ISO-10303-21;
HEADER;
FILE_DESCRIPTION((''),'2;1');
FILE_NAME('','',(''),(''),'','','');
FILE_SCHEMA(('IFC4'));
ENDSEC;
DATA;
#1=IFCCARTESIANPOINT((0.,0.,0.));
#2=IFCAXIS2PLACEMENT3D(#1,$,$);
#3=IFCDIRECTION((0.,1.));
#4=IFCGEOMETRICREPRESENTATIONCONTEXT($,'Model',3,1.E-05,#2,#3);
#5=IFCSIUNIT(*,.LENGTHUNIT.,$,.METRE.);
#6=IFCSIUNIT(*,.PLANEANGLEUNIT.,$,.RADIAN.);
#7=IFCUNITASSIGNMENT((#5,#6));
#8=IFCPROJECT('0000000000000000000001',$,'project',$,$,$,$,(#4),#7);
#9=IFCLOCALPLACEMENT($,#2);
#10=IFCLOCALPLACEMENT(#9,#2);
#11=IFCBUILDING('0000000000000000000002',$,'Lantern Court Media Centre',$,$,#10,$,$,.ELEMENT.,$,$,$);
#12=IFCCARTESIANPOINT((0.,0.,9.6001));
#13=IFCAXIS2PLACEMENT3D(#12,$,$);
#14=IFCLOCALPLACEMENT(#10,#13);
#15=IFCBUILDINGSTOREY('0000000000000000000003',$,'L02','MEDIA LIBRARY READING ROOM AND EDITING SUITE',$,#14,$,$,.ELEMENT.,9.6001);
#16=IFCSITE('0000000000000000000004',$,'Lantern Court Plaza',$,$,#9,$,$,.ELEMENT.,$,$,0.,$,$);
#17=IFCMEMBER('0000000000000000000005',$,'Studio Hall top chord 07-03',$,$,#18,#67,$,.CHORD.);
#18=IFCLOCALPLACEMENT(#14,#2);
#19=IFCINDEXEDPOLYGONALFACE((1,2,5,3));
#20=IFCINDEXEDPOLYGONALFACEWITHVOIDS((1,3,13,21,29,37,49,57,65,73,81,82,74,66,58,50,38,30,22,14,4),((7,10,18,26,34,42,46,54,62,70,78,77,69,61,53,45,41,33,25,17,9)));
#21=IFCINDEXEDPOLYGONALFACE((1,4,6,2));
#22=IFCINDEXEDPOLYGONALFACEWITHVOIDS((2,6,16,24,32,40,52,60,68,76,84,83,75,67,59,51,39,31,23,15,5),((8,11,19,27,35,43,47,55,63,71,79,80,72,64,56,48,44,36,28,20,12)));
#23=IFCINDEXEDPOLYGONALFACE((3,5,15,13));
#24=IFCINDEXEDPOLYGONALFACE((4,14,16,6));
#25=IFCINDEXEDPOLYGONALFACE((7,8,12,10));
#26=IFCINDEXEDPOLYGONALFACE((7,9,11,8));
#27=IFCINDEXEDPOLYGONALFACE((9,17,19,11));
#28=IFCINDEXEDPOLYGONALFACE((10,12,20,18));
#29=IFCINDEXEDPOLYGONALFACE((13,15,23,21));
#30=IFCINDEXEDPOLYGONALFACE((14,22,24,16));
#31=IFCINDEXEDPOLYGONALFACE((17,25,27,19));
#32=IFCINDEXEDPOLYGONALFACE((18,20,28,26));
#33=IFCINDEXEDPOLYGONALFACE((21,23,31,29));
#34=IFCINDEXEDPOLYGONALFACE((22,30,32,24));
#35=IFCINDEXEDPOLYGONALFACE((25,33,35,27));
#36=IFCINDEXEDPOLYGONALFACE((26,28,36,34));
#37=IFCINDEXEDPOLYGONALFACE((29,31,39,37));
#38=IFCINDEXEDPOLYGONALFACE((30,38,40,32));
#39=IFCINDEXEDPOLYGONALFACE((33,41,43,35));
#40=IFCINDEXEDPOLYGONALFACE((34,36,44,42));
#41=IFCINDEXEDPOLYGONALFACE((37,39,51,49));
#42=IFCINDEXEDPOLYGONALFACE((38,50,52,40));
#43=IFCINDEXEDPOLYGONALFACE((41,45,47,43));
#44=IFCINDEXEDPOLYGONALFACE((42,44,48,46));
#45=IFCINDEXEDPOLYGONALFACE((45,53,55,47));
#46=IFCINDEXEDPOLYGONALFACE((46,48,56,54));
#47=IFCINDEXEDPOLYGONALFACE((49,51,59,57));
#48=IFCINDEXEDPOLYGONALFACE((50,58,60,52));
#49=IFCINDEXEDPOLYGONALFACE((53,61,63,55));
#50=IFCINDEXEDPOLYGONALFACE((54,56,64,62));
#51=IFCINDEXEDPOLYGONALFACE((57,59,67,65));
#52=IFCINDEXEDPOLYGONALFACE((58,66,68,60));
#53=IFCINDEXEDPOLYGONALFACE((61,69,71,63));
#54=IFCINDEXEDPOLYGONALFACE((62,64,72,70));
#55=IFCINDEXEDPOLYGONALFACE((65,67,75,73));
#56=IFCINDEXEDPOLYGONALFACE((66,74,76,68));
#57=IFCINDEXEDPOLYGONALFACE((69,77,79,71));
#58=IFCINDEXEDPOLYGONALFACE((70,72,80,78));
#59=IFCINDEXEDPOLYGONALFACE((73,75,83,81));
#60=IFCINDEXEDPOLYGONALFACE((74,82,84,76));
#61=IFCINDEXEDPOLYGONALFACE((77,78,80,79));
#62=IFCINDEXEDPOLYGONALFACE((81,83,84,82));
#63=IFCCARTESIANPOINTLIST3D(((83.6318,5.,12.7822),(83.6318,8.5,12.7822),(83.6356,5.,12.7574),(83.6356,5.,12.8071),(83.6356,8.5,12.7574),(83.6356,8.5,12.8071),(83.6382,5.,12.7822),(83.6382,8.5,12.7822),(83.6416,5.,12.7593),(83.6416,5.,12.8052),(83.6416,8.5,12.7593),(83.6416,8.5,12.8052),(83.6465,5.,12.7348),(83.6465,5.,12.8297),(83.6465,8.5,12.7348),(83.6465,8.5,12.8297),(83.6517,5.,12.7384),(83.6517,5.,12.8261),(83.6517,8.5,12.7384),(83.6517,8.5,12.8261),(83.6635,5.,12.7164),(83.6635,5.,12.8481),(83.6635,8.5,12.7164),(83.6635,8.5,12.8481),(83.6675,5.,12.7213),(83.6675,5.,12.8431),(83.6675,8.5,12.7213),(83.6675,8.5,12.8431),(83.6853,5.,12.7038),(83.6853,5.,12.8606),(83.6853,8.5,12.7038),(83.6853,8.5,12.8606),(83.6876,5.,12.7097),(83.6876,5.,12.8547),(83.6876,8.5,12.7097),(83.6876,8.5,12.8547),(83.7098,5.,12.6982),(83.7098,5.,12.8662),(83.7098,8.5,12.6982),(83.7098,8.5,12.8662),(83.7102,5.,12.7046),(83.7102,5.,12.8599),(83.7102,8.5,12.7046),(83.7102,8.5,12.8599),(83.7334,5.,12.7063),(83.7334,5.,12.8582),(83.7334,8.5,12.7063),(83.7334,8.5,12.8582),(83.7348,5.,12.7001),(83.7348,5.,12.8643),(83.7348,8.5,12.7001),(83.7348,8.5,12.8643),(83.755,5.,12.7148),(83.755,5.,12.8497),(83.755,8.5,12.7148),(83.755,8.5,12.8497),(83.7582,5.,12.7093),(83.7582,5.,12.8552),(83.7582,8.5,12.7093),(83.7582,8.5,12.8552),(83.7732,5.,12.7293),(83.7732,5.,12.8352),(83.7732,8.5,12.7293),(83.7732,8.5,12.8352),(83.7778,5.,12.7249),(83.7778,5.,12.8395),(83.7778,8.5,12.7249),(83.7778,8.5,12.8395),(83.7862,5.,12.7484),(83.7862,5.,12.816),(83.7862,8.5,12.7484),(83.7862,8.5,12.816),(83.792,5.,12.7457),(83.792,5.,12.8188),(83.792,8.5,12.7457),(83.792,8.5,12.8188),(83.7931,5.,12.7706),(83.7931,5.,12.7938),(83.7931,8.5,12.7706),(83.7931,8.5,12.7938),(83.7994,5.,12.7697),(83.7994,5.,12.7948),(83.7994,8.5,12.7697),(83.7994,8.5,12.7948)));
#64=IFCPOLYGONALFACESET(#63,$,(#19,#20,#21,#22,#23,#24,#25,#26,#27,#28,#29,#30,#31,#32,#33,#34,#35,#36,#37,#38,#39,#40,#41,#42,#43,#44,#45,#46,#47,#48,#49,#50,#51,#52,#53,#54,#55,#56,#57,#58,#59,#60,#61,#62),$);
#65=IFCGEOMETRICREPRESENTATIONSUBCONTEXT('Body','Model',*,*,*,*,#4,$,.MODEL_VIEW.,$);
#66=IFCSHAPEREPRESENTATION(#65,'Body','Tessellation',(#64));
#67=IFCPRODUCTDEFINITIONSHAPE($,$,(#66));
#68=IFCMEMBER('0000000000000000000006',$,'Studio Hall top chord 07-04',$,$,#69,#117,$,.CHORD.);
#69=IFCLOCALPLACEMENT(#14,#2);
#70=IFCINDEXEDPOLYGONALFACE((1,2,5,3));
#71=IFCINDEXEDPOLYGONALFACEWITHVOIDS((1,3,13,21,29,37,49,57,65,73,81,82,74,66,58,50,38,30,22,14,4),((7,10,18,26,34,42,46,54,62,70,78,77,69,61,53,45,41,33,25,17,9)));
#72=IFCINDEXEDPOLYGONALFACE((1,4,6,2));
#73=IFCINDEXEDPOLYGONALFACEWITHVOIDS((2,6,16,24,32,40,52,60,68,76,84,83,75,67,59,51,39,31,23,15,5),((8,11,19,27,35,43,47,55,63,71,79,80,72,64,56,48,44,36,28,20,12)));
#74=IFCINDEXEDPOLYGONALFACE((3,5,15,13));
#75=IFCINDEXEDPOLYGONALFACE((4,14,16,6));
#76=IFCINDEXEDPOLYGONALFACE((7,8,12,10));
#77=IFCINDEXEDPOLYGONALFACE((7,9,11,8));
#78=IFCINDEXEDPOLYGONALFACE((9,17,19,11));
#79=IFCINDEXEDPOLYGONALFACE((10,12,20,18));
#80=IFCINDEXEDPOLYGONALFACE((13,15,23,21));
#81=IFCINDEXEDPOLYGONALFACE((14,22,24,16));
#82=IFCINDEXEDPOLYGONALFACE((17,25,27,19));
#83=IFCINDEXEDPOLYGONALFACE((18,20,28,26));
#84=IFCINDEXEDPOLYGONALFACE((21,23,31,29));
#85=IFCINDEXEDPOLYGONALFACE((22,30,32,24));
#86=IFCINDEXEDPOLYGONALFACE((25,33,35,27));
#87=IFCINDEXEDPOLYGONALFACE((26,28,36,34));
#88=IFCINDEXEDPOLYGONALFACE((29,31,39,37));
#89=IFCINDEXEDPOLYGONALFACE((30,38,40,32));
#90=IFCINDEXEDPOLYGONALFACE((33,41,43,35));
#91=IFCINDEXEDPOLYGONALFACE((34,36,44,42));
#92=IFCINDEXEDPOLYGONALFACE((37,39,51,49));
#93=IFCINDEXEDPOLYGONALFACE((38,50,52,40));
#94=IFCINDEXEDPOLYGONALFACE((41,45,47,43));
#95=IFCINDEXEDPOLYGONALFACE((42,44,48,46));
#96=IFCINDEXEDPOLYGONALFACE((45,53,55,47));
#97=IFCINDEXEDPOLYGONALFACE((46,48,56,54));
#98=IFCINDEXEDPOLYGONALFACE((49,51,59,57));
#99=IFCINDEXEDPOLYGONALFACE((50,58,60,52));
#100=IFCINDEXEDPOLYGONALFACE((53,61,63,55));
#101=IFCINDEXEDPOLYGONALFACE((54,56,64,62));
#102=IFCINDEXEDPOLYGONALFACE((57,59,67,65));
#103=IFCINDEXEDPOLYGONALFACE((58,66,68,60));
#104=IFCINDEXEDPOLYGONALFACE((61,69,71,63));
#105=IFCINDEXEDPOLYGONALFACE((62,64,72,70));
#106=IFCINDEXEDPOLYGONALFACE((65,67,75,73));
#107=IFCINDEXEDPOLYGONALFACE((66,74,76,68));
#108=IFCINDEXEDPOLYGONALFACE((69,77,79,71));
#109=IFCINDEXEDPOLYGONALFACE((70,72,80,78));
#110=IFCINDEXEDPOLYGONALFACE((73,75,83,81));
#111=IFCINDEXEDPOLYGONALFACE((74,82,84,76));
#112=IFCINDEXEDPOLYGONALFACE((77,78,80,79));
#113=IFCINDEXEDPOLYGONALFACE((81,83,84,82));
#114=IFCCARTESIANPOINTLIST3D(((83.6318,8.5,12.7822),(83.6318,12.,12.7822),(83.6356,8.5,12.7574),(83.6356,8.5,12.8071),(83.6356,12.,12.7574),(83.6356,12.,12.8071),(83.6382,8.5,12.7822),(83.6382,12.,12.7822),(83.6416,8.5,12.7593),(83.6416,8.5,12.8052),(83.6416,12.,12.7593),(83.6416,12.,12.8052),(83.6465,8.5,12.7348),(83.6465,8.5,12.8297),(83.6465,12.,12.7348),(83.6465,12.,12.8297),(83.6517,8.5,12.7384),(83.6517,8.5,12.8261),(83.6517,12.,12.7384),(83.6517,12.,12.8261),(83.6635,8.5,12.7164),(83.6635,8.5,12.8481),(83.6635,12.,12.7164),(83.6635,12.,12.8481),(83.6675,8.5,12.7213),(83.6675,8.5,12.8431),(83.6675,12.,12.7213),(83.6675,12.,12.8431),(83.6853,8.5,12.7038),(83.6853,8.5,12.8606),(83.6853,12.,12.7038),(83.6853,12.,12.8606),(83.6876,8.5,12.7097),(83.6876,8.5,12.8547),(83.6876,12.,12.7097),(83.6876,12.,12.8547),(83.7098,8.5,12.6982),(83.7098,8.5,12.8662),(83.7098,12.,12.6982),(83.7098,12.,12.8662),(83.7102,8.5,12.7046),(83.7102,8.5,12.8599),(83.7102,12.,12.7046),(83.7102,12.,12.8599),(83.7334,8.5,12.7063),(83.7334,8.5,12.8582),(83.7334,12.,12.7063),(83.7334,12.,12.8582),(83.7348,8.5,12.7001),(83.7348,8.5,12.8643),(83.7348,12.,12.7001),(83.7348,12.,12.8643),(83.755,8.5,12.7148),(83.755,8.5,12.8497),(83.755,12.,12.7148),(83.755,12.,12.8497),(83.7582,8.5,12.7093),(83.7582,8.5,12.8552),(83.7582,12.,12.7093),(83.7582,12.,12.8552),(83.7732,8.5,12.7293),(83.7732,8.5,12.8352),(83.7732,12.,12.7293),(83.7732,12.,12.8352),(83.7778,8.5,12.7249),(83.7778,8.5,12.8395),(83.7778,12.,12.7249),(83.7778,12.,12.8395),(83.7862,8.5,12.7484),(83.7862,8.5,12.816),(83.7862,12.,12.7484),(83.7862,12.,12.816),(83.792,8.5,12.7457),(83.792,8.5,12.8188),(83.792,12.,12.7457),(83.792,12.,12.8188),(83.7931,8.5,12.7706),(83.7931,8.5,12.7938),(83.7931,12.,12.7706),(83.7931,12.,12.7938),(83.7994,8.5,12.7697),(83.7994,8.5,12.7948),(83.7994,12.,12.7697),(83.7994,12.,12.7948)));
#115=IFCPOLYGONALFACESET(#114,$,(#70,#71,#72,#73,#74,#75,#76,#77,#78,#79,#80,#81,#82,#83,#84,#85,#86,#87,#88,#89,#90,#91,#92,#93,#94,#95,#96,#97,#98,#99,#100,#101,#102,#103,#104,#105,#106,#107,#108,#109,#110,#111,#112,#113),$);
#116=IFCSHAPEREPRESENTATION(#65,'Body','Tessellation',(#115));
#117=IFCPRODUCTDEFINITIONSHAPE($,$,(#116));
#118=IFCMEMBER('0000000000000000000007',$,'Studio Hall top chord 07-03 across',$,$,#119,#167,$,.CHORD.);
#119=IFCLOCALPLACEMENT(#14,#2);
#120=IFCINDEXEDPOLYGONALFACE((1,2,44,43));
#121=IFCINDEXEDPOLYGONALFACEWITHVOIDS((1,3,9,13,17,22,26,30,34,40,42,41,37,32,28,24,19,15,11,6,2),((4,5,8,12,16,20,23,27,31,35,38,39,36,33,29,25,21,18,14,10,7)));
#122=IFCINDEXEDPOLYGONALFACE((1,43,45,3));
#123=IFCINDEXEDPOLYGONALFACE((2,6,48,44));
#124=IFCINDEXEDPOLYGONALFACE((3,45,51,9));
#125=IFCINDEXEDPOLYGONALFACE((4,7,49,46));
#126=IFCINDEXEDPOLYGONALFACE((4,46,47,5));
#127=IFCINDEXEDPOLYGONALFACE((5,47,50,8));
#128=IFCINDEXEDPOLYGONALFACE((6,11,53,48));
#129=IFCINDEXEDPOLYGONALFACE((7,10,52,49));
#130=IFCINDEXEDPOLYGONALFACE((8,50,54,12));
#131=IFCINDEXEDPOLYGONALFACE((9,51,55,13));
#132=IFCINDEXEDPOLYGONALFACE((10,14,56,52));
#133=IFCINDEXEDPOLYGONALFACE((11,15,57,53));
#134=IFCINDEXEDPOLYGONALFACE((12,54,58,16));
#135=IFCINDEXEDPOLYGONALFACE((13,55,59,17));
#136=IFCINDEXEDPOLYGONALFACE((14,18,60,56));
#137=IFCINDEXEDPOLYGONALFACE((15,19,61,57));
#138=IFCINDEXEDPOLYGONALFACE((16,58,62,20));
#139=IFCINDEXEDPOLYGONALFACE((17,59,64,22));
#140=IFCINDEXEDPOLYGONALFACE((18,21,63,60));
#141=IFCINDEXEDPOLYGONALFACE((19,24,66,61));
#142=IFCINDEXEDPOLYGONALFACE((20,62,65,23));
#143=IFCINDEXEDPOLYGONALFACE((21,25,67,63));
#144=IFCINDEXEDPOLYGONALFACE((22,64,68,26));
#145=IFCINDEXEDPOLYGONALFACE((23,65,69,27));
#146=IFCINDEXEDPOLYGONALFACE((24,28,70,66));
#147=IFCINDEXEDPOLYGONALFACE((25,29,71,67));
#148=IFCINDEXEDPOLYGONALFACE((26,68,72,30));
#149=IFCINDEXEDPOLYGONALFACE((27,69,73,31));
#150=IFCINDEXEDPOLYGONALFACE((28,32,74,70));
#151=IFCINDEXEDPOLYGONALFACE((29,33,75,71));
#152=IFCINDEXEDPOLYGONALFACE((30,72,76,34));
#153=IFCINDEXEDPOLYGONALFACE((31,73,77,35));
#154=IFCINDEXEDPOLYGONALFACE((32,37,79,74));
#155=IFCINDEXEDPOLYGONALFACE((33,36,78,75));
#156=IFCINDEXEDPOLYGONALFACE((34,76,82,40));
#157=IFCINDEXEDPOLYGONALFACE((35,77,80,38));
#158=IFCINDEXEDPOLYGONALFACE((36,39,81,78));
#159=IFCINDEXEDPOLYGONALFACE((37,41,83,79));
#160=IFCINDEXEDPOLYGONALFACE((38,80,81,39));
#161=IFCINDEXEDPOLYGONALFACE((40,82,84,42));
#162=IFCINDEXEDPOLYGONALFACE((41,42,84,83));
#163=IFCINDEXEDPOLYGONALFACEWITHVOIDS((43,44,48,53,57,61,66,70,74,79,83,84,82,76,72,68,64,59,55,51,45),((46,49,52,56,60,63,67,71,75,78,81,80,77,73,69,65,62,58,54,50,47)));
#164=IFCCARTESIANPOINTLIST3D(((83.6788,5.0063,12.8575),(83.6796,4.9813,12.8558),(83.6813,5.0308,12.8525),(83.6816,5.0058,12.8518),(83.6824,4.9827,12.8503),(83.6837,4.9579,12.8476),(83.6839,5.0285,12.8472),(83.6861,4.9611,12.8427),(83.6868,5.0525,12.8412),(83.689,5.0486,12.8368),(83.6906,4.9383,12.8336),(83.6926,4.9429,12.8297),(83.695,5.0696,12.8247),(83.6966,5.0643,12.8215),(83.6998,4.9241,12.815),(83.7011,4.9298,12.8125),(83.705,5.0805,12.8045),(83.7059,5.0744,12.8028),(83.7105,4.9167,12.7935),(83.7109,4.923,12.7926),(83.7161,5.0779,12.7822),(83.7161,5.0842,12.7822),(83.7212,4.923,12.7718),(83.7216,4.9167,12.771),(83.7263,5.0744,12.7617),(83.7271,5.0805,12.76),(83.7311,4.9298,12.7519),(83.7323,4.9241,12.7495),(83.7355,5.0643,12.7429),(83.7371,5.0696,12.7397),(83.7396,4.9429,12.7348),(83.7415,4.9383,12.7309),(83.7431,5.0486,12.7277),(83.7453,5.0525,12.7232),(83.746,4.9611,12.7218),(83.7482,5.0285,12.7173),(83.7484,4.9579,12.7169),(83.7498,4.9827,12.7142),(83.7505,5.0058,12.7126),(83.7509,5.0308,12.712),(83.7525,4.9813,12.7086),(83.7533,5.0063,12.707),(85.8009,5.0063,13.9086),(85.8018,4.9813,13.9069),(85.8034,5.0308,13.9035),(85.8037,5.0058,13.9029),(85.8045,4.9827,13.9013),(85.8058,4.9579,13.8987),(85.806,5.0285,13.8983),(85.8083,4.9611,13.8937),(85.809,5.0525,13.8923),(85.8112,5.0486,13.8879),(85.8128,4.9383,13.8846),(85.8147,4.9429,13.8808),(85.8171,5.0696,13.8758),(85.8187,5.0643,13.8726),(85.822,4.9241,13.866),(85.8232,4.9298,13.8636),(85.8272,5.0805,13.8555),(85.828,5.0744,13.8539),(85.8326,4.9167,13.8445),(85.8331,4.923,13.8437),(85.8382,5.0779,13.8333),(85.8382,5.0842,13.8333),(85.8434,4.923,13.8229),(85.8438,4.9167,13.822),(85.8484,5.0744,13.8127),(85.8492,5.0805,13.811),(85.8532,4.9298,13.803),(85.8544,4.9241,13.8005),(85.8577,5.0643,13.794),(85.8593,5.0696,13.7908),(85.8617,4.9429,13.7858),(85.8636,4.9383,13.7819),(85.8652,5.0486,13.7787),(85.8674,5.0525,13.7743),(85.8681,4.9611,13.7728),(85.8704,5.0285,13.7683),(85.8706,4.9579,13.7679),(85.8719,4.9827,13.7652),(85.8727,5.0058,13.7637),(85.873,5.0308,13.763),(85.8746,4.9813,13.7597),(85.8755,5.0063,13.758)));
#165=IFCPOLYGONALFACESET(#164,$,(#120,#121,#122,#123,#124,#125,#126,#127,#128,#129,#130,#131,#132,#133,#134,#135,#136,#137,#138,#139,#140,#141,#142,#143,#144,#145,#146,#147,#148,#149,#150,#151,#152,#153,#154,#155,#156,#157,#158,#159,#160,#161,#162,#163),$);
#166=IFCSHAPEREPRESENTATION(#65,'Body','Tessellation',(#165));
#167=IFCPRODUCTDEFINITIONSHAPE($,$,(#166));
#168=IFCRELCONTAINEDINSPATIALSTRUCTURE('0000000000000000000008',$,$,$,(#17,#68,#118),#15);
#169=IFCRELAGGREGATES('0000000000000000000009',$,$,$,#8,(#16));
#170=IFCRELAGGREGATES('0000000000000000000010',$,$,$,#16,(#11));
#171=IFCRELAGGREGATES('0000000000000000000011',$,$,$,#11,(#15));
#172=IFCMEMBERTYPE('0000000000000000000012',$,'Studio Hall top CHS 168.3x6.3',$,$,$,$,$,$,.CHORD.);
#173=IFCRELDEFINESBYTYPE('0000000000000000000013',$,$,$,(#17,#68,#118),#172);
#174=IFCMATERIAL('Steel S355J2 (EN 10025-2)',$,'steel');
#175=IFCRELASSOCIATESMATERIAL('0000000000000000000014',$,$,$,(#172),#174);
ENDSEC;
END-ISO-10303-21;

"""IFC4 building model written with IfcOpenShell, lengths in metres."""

from ifc_helpers import new_model, si_unit, direction, frame, origin, origin_2d, place, context, subcontext, project, spatial, hollow_circle, extrude, material, material_profile, profile_set, type_object, element, save


model = new_model("IFC4")

# Units and contexts
model_context = context("Model", 3, precision=1e-05, world=origin(), true_north=direction((0.0, 1.0)))
body_context = subcontext(model_context, "Body", "Model", "MODEL_VIEW")
ifc_project = project(units=[si_unit("LENGTHUNIT", "METRE"), si_unit("PLANEANGLEUNIT", "RADIAN")], contexts=[model_context])

# Site, building, storey
site_placement = place(None, origin())
site = spatial("IfcSite", under=ifc_project, at=site_placement, Name="Lantern Court Plaza", CompositionType="ELEMENT", RefElevation=0.0)
building_placement = place(site_placement, origin())
building = spatial("IfcBuilding", under=site, at=building_placement, Name="Lantern Court Media Centre", CompositionType="ELEMENT")
storey_placement = place(building_placement, frame((0.0, 0.0, 9.6001)))
storey = spatial("IfcBuildingStorey", under=building, at=storey_placement, Name="L02", Description="MEDIA LIBRARY READING ROOM AND EDITING SUITE", CompositionType="ELEMENT", Elevation=9.6001)

# Members
ifc_material = material(Name="Steel S355J2 (EN 10025-2)", Category="steel")
ifc_material_profile_1 = material_profile(ifc_material, hollow_circle(Radius=0.0842, WallThickness=0.0063, at=origin_2d()), Name="Studio Hall top CHS 168.3x6.3")
ifc_profile_set_1 = profile_set([ifc_material_profile_1], Name="Steel S355J2 (EN 10025-2)")
member_type_1 = type_object("IfcMemberType", Name="Studio Hall top CHS 168.3x6.3", PredefinedType="CHORD", material=ifc_profile_set_1)
for number, where, z_axis, x_axis, name in (
    (1, (83.7161, 5.0, 12.7822), (0.0, 1.0, 0.0), (-1.0, 0.0, 0.0), "Studio Hall top chord 07-03"),
    (2, (83.7161, 8.5, 12.7822), (0.0, 1.0, 0.0), (-1.0, 0.0, 0.0), "Studio Hall top chord 07-04"),
):
    element("IfcMember", number, at=place(storey_placement, frame(where, z_axis=z_axis, x_axis=x_axis)), inside=storey, type_object=member_type_1, Name=name, PredefinedType="CHORD", context=body_context, shape_type="SweptSolid", body=[
        extrude(hollow_circle(Radius=0.0842, WallThickness=0.0063, at=origin_2d()), origin(), (0.0, 0.0, 1.0), 3.5),
    ])
for number, where, z_axis, x_axis, name in (
    (3, (83.7161, 5.0, 12.7822), (0.896112, 0.0, 0.443829), (0.0, 1.0, 0.0), "Studio Hall top chord 07-03 across"),
):
    element("IfcMember", number, at=place(storey_placement, frame(where, z_axis=z_axis, x_axis=x_axis)), inside=storey, type_object=member_type_1, Name=name, PredefinedType="CHORD", context=body_context, shape_type="SweptSolid", body=[
        extrude(hollow_circle(Radius=0.0842, WallThickness=0.0063, at=origin_2d()), origin(), (0.0, 0.0, 1.0), 2.3682),
    ])

save(model, "model.ifc")
